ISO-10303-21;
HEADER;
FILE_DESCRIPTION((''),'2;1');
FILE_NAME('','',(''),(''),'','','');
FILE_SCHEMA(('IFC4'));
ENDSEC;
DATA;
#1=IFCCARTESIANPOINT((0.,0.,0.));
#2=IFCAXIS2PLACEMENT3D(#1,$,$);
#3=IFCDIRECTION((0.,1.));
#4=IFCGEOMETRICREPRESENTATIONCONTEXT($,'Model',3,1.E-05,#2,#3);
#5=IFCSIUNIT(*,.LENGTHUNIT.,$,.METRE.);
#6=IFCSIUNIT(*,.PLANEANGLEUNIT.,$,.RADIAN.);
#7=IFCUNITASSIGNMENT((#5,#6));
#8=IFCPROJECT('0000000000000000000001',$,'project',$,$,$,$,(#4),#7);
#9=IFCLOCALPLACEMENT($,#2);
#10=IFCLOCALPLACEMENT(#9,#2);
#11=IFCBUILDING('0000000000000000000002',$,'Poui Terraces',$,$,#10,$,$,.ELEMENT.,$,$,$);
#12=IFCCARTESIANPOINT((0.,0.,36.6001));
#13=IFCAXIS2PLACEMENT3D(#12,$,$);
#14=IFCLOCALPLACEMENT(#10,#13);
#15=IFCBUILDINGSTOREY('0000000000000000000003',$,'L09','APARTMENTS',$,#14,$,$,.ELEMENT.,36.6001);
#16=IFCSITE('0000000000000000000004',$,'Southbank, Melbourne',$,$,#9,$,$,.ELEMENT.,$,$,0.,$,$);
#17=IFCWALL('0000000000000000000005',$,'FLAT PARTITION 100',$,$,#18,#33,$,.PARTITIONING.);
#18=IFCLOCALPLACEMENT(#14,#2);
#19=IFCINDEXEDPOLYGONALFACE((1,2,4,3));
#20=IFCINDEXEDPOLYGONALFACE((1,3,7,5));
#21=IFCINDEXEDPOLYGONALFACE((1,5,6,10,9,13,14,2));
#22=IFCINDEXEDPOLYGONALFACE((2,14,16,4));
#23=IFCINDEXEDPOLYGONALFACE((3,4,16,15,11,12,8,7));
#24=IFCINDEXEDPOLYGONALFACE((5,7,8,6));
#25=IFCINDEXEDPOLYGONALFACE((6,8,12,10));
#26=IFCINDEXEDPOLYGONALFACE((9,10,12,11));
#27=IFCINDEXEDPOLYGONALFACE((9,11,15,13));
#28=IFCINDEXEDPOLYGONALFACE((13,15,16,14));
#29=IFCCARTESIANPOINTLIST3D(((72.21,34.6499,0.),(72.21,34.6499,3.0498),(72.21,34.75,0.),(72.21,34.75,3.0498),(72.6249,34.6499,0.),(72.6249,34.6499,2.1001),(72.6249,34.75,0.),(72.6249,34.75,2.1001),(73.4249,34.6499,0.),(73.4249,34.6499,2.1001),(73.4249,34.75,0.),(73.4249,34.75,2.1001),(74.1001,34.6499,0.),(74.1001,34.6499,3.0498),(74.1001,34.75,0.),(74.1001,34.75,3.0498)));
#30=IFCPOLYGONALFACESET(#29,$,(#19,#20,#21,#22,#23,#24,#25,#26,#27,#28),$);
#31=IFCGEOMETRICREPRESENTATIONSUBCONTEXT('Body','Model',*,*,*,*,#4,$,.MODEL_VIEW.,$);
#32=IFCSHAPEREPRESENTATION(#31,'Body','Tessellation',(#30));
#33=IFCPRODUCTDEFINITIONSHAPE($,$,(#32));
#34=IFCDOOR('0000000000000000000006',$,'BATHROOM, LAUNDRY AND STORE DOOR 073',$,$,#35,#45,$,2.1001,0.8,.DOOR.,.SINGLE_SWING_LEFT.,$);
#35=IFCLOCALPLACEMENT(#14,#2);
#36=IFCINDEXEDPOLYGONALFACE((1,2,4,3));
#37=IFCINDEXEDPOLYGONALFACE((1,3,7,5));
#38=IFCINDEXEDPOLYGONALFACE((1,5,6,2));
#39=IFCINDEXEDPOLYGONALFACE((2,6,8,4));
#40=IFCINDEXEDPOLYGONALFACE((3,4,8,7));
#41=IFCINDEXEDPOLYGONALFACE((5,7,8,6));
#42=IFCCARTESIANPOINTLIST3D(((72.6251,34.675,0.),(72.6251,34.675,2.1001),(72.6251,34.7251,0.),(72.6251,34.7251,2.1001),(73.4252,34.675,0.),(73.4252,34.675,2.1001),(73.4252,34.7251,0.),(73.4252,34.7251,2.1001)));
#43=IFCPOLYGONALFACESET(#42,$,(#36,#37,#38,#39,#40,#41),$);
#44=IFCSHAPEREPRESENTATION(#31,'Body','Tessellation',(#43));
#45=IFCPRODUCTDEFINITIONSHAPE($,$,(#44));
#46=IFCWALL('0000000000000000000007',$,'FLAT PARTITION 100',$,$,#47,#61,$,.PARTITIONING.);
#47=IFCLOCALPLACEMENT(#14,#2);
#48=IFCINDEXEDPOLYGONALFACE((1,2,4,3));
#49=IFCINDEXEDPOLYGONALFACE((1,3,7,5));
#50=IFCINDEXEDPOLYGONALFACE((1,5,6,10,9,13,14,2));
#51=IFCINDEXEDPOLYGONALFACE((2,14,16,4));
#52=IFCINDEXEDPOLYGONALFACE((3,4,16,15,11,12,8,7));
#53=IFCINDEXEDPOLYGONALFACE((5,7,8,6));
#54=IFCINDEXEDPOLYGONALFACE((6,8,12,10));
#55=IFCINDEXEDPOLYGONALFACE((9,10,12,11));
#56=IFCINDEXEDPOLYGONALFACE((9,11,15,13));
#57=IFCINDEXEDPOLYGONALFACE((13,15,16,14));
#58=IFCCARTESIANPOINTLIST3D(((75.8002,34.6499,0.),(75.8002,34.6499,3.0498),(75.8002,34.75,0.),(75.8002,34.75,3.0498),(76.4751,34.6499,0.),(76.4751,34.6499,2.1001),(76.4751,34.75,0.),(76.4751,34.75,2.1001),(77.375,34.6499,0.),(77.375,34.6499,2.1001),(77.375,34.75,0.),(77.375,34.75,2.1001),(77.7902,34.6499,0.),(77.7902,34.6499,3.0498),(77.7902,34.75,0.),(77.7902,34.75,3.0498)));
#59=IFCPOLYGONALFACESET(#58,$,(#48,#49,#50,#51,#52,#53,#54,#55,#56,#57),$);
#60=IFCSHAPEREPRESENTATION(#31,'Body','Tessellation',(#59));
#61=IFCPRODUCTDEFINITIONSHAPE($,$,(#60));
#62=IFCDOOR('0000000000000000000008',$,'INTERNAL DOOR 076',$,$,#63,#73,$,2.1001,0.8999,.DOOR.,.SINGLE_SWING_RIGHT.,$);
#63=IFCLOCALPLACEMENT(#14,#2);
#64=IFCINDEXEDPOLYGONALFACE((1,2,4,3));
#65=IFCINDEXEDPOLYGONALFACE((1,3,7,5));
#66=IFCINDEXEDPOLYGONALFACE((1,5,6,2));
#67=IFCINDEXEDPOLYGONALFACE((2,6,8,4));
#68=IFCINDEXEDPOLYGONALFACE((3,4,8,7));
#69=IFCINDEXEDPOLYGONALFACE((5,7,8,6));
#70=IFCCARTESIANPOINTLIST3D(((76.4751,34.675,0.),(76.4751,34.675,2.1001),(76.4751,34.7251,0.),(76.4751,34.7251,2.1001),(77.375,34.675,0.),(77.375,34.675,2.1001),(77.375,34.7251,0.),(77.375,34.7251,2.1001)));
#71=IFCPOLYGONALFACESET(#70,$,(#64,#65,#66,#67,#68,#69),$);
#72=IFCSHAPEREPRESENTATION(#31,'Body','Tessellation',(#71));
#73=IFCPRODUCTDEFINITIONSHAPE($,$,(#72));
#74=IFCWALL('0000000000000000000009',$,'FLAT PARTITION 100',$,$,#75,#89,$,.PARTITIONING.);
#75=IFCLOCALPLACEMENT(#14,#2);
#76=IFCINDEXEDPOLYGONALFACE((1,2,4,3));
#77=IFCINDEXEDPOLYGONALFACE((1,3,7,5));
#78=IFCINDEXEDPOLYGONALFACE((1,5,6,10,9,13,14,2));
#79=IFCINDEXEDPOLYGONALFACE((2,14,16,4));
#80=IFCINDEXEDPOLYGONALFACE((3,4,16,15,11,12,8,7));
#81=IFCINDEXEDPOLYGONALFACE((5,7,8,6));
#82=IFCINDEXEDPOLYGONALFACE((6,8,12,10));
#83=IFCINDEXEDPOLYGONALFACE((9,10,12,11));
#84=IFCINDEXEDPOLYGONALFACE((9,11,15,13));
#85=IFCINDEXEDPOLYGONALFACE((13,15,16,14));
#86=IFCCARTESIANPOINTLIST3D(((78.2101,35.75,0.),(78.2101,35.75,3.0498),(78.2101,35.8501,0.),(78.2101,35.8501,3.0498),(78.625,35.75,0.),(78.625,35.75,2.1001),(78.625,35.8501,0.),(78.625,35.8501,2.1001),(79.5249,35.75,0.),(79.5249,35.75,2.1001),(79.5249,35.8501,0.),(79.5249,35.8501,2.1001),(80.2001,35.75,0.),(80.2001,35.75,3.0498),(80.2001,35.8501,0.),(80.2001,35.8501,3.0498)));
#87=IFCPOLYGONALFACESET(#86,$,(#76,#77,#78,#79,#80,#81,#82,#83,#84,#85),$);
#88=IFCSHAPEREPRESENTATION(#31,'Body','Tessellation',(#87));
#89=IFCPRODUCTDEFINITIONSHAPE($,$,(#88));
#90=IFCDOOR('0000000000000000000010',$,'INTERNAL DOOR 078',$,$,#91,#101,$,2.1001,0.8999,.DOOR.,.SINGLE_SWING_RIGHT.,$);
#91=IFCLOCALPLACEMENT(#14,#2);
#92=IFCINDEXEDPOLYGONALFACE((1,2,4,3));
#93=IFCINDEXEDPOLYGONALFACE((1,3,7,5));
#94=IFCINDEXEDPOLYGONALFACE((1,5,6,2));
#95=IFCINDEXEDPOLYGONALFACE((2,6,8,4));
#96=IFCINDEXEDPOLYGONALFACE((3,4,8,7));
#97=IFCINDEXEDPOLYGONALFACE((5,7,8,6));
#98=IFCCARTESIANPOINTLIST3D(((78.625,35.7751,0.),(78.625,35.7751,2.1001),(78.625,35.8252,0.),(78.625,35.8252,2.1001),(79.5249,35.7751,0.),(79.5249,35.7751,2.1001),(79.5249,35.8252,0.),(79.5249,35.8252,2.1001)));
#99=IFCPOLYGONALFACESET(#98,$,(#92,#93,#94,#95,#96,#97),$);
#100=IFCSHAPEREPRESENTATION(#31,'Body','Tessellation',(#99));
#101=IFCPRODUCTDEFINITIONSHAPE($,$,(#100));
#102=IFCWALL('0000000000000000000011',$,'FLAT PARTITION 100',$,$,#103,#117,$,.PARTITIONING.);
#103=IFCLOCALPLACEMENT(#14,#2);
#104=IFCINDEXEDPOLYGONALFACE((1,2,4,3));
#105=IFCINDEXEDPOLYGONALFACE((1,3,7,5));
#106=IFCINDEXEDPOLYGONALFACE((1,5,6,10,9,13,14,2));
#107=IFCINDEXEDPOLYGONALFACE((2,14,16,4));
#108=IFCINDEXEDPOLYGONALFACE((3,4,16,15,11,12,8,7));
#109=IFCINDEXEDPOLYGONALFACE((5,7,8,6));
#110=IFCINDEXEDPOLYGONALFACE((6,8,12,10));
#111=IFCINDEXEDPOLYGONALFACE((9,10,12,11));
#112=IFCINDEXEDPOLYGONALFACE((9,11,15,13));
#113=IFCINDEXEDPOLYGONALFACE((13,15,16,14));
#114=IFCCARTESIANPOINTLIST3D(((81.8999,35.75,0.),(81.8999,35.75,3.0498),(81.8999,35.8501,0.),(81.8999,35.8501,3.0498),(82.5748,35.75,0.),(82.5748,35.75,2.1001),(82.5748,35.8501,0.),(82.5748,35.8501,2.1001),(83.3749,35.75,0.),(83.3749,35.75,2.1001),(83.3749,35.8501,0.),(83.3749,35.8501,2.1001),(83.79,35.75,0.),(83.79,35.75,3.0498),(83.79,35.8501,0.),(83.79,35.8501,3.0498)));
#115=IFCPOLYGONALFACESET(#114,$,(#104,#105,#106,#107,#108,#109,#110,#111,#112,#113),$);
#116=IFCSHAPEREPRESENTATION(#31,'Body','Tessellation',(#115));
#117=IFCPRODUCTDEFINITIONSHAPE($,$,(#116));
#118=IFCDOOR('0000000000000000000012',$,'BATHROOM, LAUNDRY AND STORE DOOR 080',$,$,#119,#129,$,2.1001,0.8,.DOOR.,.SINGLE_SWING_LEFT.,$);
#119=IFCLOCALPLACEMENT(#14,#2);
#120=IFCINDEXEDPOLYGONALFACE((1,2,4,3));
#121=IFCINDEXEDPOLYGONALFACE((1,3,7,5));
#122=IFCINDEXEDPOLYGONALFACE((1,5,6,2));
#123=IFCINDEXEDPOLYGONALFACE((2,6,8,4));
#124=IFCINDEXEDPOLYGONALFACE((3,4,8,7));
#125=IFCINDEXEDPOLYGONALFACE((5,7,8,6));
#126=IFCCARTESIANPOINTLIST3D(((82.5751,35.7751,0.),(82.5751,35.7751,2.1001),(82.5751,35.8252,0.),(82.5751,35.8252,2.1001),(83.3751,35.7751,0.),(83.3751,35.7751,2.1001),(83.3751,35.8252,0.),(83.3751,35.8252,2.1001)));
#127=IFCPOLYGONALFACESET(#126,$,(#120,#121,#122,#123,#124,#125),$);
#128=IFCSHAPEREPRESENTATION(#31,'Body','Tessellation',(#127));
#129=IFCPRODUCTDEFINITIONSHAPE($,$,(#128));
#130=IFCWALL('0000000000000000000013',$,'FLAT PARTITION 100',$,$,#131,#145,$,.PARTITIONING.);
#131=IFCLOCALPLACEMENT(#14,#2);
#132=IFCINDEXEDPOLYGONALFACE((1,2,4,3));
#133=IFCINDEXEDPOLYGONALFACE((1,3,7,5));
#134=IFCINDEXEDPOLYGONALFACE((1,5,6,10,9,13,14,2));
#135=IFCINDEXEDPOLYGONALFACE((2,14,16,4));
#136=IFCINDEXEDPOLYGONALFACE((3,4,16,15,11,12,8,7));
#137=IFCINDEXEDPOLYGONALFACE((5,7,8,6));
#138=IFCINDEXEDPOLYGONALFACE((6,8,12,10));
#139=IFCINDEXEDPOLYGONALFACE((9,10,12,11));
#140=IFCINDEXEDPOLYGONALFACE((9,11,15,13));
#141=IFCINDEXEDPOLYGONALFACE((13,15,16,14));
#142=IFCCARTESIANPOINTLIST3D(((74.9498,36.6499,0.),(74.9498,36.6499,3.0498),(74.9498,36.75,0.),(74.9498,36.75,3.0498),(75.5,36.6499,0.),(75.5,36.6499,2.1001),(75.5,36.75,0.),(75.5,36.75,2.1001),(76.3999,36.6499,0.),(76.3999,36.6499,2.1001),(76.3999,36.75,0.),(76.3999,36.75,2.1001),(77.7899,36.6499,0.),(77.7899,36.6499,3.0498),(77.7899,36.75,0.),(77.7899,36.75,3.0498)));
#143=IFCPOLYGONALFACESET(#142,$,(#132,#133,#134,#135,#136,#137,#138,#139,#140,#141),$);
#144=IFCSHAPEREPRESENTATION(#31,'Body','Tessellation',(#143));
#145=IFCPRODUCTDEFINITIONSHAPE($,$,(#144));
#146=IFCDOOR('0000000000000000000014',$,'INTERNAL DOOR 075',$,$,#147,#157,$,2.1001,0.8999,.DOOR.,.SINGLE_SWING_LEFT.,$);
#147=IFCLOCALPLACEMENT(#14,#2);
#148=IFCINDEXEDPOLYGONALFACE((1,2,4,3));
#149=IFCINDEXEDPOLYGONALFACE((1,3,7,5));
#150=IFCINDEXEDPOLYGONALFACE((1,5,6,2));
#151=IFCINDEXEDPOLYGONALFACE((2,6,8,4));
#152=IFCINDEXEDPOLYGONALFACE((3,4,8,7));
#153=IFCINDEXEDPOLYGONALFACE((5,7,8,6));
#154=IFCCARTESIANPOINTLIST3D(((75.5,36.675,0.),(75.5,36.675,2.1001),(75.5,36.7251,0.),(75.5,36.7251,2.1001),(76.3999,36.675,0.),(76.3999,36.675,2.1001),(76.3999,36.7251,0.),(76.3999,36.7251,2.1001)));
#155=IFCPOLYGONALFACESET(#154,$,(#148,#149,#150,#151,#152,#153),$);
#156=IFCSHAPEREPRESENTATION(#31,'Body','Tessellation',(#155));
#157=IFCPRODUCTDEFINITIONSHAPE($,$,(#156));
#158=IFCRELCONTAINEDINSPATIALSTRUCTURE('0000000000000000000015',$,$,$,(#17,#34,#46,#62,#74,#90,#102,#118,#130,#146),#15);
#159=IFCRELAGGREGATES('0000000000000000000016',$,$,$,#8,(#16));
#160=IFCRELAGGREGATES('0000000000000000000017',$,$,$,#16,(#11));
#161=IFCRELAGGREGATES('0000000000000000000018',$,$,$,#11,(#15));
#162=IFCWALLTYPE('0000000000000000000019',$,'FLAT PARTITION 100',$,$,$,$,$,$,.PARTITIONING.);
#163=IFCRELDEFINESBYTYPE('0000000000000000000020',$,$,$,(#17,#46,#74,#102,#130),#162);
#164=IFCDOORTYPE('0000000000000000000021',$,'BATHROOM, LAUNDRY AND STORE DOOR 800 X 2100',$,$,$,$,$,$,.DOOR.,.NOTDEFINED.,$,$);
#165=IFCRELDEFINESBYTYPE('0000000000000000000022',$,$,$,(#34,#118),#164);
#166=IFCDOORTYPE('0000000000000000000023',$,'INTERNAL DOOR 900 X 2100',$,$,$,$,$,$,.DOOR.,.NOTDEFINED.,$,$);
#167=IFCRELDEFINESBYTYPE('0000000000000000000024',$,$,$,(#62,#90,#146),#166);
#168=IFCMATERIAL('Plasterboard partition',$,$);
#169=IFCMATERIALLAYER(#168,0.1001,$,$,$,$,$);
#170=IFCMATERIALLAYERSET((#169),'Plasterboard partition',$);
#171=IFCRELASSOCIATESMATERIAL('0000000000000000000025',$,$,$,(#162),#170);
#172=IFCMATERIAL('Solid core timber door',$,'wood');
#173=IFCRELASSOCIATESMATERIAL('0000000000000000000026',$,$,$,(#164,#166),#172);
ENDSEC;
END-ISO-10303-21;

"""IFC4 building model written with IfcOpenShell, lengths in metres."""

from ifc_helpers import new_model, si_unit, direction, frame, frame_2d, origin, place, context, subcontext, project, spatial, rectangle, extrude, material, layer, layer_set, type_object, element, fill, save


model = new_model("IFC4")

# Units and contexts
model_context = context("Model", 3, precision=1e-05, world=origin(), true_north=direction((0.0, 1.0)))
body_context = subcontext(model_context, "Body", "Model", "MODEL_VIEW")
ifc_project = project(units=[si_unit("LENGTHUNIT", "METRE"), si_unit("PLANEANGLEUNIT", "RADIAN")], contexts=[model_context])

# Site, building, storey
site_placement = place(None, origin())
site = spatial("IfcSite", under=ifc_project, at=site_placement, Name="Southbank, Melbourne", CompositionType="ELEMENT", RefElevation=0.0)
building_placement = place(site_placement, origin())
building = spatial("IfcBuilding", under=site, at=building_placement, Name="Poui Terraces", CompositionType="ELEMENT")
storey_placement = place(building_placement, frame((0.0, 0.0, 36.6001)))
storey = spatial("IfcBuildingStorey", under=building, at=storey_placement, Name="L09", Description="APARTMENTS", CompositionType="ELEMENT", Elevation=36.6001)

# Walls, openings, doors
ifc_material_1 = material(Name="Plasterboard partition")
ifc_layer_1 = layer(ifc_material_1, 0.1001)
ifc_layer_set_1 = layer_set([ifc_layer_1], Name="Plasterboard partition")
wall_type_1 = type_object("IfcWallType", Name="FLAT PARTITION 100", PredefinedType="PARTITIONING", material=ifc_layer_set_1)
wall_1_placement = place(storey_placement, frame((72.21, 34.7, 0.0), z_axis=(0.0, 0.0, 1.0), x_axis=(1.0, 0.0, 0.0)))
wall_1 = element("IfcWall", 1, at=wall_1_placement, inside=storey, type_object=wall_type_1, Name="FLAT PARTITION 100", PredefinedType="PARTITIONING", context=body_context, shape_type="SweptSolid", body=[
    extrude(rectangle(XDim=1.8901, YDim=0.1001, at=frame_2d((0.9451, 0.0))), origin(), (0.0, 0.0, 1.0), 3.0498),
])
opening_1_placement = place(wall_1_placement, frame((0.415, 0.0, 0.0)))
opening_1 = element("IfcOpeningElement", 2, at=opening_1_placement, cuts=wall_1, PredefinedType="OPENING", context=body_context, shape_type="SweptSolid", body=[
    extrude(rectangle(XDim=0.8, YDim=2.1001, at=frame_2d((0.3999, 1.05))), frame((0.0, 0.0601, 0.0), z_axis=(0.0, -1.0, 0.0), x_axis=(1.0, 0.0, 0.0)), (0.0, 0.0, 1.0), 0.1201),
])
ifc_material_2 = material(Name="Solid core timber door", Category="wood")
door_type_1 = type_object("IfcDoorType", Name="BATHROOM, LAUNDRY AND STORE DOOR 800 X 2100", OperationType="NOTDEFINED", PredefinedType="DOOR", material=ifc_material_2)
door_1_placement = place(opening_1_placement, frame((0.8, 0.0, 0.0), z_axis=(0.0, 0.0, 1.0), x_axis=(-1.0, 0.0, 0.0)))
door_1 = element("IfcDoor", 3, at=door_1_placement, inside=storey, type_object=door_type_1, Name="BATHROOM, LAUNDRY AND STORE DOOR 073", OperationType="SINGLE_SWING_LEFT", OverallHeight=2.1001, OverallWidth=0.8, PredefinedType="DOOR", context=body_context, shape_type="SweptSolid", body=[
    extrude(rectangle(XDim=0.8, YDim=2.1001, at=frame_2d((0.3999, 1.05))), frame((0.0, 0.0249, 0.0), z_axis=(0.0, -1.0, 0.0), x_axis=(1.0, 0.0, 0.0)), (0.0, 0.0, 1.0), 0.05),
])
fill(opening_1, door_1)
wall_2_placement = place(storey_placement, frame((75.8, 34.7, 0.0), z_axis=(0.0, 0.0, 1.0), x_axis=(1.0, 0.0, 0.0)))
wall_2 = element("IfcWall", 4, at=wall_2_placement, inside=storey, type_object=wall_type_1, Name="FLAT PARTITION 100", PredefinedType="PARTITIONING", context=body_context, shape_type="SweptSolid", body=[
    extrude(rectangle(XDim=1.99, YDim=0.1001, at=frame_2d((0.9951, 0.0))), origin(), (0.0, 0.0, 1.0), 3.0498),
])
opening_2_placement = place(wall_2_placement, frame((0.675, 0.0, 0.0)))
opening_2 = element("IfcOpeningElement", 5, at=opening_2_placement, cuts=wall_2, PredefinedType="OPENING", context=body_context, shape_type="SweptSolid", body=[
    extrude(rectangle(XDim=0.8999, YDim=2.1001, at=frame_2d((0.45, 1.05))), frame((0.0, 0.0601, 0.0), z_axis=(0.0, -1.0, 0.0), x_axis=(1.0, 0.0, 0.0)), (0.0, 0.0, 1.0), 0.1201),
])
door_type_2 = type_object("IfcDoorType", Name="INTERNAL DOOR 900 X 2100", OperationType="NOTDEFINED", PredefinedType="DOOR", material=ifc_material_2)
door_2_placement = place(opening_2_placement, frame((0.8999, 0.0, 0.0), z_axis=(0.0, 0.0, 1.0), x_axis=(-1.0, 0.0, 0.0)))
door_2 = element("IfcDoor", 6, at=door_2_placement, inside=storey, type_object=door_type_2, Name="INTERNAL DOOR 076", OperationType="SINGLE_SWING_RIGHT", OverallHeight=2.1001, OverallWidth=0.8999, PredefinedType="DOOR", context=body_context, shape_type="SweptSolid", body=[
    extrude(rectangle(XDim=0.8999, YDim=2.1001, at=frame_2d((0.45, 1.05))), frame((0.0, 0.0249, 0.0), z_axis=(0.0, -1.0, 0.0), x_axis=(1.0, 0.0, 0.0)), (0.0, 0.0, 1.0), 0.05),
])
fill(opening_2, door_2)
wall_3_placement = place(storey_placement, frame((78.21, 35.8, 0.0), z_axis=(0.0, 0.0, 1.0), x_axis=(1.0, 0.0, 0.0)))
wall_3 = element("IfcWall", 7, at=wall_3_placement, inside=storey, type_object=wall_type_1, Name="FLAT PARTITION 100", PredefinedType="PARTITIONING", context=body_context, shape_type="SweptSolid", body=[
    extrude(rectangle(XDim=1.99, YDim=0.1001, at=frame_2d((0.9951, 0.0))), origin(), (0.0, 0.0, 1.0), 3.0498),
])
opening_3_placement = place(wall_3_placement, frame((0.415, 0.0, 0.0)))
opening_3 = element("IfcOpeningElement", 8, at=opening_3_placement, cuts=wall_3, PredefinedType="OPENING", context=body_context, shape_type="SweptSolid", body=[
    extrude(rectangle(XDim=0.8999, YDim=2.1001, at=frame_2d((0.45, 1.05))), frame((0.0, 0.0601, 0.0), z_axis=(0.0, -1.0, 0.0), x_axis=(1.0, 0.0, 0.0)), (0.0, 0.0, 1.0), 0.1201),
])
door_3_placement = place(opening_3_placement, frame((0.8999, 0.0, 0.0), z_axis=(0.0, 0.0, 1.0), x_axis=(-1.0, 0.0, 0.0)))
door_3 = element("IfcDoor", 9, at=door_3_placement, inside=storey, type_object=door_type_2, Name="INTERNAL DOOR 078", OperationType="SINGLE_SWING_RIGHT", OverallHeight=2.1001, OverallWidth=0.8999, PredefinedType="DOOR", context=body_context, shape_type="SweptSolid", body=[
    extrude(rectangle(XDim=0.8999, YDim=2.1001, at=frame_2d((0.45, 1.05))), frame((0.0, 0.0249, 0.0), z_axis=(0.0, -1.0, 0.0), x_axis=(1.0, 0.0, 0.0)), (0.0, 0.0, 1.0), 0.05),
])
fill(opening_3, door_3)
wall_4_placement = place(storey_placement, frame((81.8999, 35.8, 0.0), z_axis=(0.0, 0.0, 1.0), x_axis=(1.0, 0.0, 0.0)))
wall_4 = element("IfcWall", 10, at=wall_4_placement, inside=storey, type_object=wall_type_1, Name="FLAT PARTITION 100", PredefinedType="PARTITIONING", context=body_context, shape_type="SweptSolid", body=[
    extrude(rectangle(XDim=1.8901, YDim=0.1001, at=frame_2d((0.9451, 0.0))), origin(), (0.0, 0.0, 1.0), 3.0498),
])
opening_4_placement = place(wall_4_placement, frame((0.675, 0.0, 0.0)))
opening_4 = element("IfcOpeningElement", 11, at=opening_4_placement, cuts=wall_4, PredefinedType="OPENING", context=body_context, shape_type="SweptSolid", body=[
    extrude(rectangle(XDim=0.8, YDim=2.1001, at=frame_2d((0.3999, 1.05))), frame((0.0, 0.0601, 0.0), z_axis=(0.0, -1.0, 0.0), x_axis=(1.0, 0.0, 0.0)), (0.0, 0.0, 1.0), 0.1201),
])
door_4_placement = place(opening_4_placement, frame((0.8, 0.0, 0.0), z_axis=(0.0, 0.0, 1.0), x_axis=(-1.0, 0.0, 0.0)))
door_4 = element("IfcDoor", 12, at=door_4_placement, inside=storey, type_object=door_type_1, Name="BATHROOM, LAUNDRY AND STORE DOOR 080", OperationType="SINGLE_SWING_LEFT", OverallHeight=2.1001, OverallWidth=0.8, PredefinedType="DOOR", context=body_context, shape_type="SweptSolid", body=[
    extrude(rectangle(XDim=0.8, YDim=2.1001, at=frame_2d((0.3999, 1.05))), frame((0.0, 0.0249, 0.0), z_axis=(0.0, -1.0, 0.0), x_axis=(1.0, 0.0, 0.0)), (0.0, 0.0, 1.0), 0.05),
])
fill(opening_4, door_4)
wall_5_placement = place(storey_placement, frame((74.95, 36.7, 0.0), z_axis=(0.0, 0.0, 1.0), x_axis=(1.0, 0.0, 0.0)))
wall_5 = element("IfcWall", 13, at=wall_5_placement, inside=storey, type_object=wall_type_1, Name="FLAT PARTITION 100", PredefinedType="PARTITIONING", context=body_context, shape_type="SweptSolid", body=[
    extrude(rectangle(XDim=2.8401, YDim=0.1001, at=frame_2d((1.4199, 0.0))), origin(), (0.0, 0.0, 1.0), 3.0498),
])
opening_5_placement = place(wall_5_placement, frame((0.55, 0.0, 0.0)))
opening_5 = element("IfcOpeningElement", 14, at=opening_5_placement, cuts=wall_5, PredefinedType="OPENING", context=body_context, shape_type="SweptSolid", body=[
    extrude(rectangle(XDim=0.8999, YDim=2.1001, at=frame_2d((0.45, 1.05))), frame((0.0, 0.0601, 0.0), z_axis=(0.0, -1.0, 0.0), x_axis=(1.0, 0.0, 0.0)), (0.0, 0.0, 1.0), 0.1201),
])
door_5_placement = place(opening_5_placement, frame((0.8999, 0.0, 0.0), z_axis=(0.0, 0.0, 1.0), x_axis=(-1.0, 0.0, 0.0)))
door_5 = element("IfcDoor", 15, at=door_5_placement, inside=storey, type_object=door_type_2, Name="INTERNAL DOOR 075", OperationType="SINGLE_SWING_LEFT", OverallHeight=2.1001, OverallWidth=0.8999, PredefinedType="DOOR", context=body_context, shape_type="SweptSolid", body=[
    extrude(rectangle(XDim=0.8999, YDim=2.1001, at=frame_2d((0.45, 1.05))), frame((0.0, 0.0249, 0.0), z_axis=(0.0, -1.0, 0.0), x_axis=(1.0, 0.0, 0.0)), (0.0, 0.0, 1.0), 0.05),
])
fill(opening_5, door_5)

save(model, "model.ifc")
